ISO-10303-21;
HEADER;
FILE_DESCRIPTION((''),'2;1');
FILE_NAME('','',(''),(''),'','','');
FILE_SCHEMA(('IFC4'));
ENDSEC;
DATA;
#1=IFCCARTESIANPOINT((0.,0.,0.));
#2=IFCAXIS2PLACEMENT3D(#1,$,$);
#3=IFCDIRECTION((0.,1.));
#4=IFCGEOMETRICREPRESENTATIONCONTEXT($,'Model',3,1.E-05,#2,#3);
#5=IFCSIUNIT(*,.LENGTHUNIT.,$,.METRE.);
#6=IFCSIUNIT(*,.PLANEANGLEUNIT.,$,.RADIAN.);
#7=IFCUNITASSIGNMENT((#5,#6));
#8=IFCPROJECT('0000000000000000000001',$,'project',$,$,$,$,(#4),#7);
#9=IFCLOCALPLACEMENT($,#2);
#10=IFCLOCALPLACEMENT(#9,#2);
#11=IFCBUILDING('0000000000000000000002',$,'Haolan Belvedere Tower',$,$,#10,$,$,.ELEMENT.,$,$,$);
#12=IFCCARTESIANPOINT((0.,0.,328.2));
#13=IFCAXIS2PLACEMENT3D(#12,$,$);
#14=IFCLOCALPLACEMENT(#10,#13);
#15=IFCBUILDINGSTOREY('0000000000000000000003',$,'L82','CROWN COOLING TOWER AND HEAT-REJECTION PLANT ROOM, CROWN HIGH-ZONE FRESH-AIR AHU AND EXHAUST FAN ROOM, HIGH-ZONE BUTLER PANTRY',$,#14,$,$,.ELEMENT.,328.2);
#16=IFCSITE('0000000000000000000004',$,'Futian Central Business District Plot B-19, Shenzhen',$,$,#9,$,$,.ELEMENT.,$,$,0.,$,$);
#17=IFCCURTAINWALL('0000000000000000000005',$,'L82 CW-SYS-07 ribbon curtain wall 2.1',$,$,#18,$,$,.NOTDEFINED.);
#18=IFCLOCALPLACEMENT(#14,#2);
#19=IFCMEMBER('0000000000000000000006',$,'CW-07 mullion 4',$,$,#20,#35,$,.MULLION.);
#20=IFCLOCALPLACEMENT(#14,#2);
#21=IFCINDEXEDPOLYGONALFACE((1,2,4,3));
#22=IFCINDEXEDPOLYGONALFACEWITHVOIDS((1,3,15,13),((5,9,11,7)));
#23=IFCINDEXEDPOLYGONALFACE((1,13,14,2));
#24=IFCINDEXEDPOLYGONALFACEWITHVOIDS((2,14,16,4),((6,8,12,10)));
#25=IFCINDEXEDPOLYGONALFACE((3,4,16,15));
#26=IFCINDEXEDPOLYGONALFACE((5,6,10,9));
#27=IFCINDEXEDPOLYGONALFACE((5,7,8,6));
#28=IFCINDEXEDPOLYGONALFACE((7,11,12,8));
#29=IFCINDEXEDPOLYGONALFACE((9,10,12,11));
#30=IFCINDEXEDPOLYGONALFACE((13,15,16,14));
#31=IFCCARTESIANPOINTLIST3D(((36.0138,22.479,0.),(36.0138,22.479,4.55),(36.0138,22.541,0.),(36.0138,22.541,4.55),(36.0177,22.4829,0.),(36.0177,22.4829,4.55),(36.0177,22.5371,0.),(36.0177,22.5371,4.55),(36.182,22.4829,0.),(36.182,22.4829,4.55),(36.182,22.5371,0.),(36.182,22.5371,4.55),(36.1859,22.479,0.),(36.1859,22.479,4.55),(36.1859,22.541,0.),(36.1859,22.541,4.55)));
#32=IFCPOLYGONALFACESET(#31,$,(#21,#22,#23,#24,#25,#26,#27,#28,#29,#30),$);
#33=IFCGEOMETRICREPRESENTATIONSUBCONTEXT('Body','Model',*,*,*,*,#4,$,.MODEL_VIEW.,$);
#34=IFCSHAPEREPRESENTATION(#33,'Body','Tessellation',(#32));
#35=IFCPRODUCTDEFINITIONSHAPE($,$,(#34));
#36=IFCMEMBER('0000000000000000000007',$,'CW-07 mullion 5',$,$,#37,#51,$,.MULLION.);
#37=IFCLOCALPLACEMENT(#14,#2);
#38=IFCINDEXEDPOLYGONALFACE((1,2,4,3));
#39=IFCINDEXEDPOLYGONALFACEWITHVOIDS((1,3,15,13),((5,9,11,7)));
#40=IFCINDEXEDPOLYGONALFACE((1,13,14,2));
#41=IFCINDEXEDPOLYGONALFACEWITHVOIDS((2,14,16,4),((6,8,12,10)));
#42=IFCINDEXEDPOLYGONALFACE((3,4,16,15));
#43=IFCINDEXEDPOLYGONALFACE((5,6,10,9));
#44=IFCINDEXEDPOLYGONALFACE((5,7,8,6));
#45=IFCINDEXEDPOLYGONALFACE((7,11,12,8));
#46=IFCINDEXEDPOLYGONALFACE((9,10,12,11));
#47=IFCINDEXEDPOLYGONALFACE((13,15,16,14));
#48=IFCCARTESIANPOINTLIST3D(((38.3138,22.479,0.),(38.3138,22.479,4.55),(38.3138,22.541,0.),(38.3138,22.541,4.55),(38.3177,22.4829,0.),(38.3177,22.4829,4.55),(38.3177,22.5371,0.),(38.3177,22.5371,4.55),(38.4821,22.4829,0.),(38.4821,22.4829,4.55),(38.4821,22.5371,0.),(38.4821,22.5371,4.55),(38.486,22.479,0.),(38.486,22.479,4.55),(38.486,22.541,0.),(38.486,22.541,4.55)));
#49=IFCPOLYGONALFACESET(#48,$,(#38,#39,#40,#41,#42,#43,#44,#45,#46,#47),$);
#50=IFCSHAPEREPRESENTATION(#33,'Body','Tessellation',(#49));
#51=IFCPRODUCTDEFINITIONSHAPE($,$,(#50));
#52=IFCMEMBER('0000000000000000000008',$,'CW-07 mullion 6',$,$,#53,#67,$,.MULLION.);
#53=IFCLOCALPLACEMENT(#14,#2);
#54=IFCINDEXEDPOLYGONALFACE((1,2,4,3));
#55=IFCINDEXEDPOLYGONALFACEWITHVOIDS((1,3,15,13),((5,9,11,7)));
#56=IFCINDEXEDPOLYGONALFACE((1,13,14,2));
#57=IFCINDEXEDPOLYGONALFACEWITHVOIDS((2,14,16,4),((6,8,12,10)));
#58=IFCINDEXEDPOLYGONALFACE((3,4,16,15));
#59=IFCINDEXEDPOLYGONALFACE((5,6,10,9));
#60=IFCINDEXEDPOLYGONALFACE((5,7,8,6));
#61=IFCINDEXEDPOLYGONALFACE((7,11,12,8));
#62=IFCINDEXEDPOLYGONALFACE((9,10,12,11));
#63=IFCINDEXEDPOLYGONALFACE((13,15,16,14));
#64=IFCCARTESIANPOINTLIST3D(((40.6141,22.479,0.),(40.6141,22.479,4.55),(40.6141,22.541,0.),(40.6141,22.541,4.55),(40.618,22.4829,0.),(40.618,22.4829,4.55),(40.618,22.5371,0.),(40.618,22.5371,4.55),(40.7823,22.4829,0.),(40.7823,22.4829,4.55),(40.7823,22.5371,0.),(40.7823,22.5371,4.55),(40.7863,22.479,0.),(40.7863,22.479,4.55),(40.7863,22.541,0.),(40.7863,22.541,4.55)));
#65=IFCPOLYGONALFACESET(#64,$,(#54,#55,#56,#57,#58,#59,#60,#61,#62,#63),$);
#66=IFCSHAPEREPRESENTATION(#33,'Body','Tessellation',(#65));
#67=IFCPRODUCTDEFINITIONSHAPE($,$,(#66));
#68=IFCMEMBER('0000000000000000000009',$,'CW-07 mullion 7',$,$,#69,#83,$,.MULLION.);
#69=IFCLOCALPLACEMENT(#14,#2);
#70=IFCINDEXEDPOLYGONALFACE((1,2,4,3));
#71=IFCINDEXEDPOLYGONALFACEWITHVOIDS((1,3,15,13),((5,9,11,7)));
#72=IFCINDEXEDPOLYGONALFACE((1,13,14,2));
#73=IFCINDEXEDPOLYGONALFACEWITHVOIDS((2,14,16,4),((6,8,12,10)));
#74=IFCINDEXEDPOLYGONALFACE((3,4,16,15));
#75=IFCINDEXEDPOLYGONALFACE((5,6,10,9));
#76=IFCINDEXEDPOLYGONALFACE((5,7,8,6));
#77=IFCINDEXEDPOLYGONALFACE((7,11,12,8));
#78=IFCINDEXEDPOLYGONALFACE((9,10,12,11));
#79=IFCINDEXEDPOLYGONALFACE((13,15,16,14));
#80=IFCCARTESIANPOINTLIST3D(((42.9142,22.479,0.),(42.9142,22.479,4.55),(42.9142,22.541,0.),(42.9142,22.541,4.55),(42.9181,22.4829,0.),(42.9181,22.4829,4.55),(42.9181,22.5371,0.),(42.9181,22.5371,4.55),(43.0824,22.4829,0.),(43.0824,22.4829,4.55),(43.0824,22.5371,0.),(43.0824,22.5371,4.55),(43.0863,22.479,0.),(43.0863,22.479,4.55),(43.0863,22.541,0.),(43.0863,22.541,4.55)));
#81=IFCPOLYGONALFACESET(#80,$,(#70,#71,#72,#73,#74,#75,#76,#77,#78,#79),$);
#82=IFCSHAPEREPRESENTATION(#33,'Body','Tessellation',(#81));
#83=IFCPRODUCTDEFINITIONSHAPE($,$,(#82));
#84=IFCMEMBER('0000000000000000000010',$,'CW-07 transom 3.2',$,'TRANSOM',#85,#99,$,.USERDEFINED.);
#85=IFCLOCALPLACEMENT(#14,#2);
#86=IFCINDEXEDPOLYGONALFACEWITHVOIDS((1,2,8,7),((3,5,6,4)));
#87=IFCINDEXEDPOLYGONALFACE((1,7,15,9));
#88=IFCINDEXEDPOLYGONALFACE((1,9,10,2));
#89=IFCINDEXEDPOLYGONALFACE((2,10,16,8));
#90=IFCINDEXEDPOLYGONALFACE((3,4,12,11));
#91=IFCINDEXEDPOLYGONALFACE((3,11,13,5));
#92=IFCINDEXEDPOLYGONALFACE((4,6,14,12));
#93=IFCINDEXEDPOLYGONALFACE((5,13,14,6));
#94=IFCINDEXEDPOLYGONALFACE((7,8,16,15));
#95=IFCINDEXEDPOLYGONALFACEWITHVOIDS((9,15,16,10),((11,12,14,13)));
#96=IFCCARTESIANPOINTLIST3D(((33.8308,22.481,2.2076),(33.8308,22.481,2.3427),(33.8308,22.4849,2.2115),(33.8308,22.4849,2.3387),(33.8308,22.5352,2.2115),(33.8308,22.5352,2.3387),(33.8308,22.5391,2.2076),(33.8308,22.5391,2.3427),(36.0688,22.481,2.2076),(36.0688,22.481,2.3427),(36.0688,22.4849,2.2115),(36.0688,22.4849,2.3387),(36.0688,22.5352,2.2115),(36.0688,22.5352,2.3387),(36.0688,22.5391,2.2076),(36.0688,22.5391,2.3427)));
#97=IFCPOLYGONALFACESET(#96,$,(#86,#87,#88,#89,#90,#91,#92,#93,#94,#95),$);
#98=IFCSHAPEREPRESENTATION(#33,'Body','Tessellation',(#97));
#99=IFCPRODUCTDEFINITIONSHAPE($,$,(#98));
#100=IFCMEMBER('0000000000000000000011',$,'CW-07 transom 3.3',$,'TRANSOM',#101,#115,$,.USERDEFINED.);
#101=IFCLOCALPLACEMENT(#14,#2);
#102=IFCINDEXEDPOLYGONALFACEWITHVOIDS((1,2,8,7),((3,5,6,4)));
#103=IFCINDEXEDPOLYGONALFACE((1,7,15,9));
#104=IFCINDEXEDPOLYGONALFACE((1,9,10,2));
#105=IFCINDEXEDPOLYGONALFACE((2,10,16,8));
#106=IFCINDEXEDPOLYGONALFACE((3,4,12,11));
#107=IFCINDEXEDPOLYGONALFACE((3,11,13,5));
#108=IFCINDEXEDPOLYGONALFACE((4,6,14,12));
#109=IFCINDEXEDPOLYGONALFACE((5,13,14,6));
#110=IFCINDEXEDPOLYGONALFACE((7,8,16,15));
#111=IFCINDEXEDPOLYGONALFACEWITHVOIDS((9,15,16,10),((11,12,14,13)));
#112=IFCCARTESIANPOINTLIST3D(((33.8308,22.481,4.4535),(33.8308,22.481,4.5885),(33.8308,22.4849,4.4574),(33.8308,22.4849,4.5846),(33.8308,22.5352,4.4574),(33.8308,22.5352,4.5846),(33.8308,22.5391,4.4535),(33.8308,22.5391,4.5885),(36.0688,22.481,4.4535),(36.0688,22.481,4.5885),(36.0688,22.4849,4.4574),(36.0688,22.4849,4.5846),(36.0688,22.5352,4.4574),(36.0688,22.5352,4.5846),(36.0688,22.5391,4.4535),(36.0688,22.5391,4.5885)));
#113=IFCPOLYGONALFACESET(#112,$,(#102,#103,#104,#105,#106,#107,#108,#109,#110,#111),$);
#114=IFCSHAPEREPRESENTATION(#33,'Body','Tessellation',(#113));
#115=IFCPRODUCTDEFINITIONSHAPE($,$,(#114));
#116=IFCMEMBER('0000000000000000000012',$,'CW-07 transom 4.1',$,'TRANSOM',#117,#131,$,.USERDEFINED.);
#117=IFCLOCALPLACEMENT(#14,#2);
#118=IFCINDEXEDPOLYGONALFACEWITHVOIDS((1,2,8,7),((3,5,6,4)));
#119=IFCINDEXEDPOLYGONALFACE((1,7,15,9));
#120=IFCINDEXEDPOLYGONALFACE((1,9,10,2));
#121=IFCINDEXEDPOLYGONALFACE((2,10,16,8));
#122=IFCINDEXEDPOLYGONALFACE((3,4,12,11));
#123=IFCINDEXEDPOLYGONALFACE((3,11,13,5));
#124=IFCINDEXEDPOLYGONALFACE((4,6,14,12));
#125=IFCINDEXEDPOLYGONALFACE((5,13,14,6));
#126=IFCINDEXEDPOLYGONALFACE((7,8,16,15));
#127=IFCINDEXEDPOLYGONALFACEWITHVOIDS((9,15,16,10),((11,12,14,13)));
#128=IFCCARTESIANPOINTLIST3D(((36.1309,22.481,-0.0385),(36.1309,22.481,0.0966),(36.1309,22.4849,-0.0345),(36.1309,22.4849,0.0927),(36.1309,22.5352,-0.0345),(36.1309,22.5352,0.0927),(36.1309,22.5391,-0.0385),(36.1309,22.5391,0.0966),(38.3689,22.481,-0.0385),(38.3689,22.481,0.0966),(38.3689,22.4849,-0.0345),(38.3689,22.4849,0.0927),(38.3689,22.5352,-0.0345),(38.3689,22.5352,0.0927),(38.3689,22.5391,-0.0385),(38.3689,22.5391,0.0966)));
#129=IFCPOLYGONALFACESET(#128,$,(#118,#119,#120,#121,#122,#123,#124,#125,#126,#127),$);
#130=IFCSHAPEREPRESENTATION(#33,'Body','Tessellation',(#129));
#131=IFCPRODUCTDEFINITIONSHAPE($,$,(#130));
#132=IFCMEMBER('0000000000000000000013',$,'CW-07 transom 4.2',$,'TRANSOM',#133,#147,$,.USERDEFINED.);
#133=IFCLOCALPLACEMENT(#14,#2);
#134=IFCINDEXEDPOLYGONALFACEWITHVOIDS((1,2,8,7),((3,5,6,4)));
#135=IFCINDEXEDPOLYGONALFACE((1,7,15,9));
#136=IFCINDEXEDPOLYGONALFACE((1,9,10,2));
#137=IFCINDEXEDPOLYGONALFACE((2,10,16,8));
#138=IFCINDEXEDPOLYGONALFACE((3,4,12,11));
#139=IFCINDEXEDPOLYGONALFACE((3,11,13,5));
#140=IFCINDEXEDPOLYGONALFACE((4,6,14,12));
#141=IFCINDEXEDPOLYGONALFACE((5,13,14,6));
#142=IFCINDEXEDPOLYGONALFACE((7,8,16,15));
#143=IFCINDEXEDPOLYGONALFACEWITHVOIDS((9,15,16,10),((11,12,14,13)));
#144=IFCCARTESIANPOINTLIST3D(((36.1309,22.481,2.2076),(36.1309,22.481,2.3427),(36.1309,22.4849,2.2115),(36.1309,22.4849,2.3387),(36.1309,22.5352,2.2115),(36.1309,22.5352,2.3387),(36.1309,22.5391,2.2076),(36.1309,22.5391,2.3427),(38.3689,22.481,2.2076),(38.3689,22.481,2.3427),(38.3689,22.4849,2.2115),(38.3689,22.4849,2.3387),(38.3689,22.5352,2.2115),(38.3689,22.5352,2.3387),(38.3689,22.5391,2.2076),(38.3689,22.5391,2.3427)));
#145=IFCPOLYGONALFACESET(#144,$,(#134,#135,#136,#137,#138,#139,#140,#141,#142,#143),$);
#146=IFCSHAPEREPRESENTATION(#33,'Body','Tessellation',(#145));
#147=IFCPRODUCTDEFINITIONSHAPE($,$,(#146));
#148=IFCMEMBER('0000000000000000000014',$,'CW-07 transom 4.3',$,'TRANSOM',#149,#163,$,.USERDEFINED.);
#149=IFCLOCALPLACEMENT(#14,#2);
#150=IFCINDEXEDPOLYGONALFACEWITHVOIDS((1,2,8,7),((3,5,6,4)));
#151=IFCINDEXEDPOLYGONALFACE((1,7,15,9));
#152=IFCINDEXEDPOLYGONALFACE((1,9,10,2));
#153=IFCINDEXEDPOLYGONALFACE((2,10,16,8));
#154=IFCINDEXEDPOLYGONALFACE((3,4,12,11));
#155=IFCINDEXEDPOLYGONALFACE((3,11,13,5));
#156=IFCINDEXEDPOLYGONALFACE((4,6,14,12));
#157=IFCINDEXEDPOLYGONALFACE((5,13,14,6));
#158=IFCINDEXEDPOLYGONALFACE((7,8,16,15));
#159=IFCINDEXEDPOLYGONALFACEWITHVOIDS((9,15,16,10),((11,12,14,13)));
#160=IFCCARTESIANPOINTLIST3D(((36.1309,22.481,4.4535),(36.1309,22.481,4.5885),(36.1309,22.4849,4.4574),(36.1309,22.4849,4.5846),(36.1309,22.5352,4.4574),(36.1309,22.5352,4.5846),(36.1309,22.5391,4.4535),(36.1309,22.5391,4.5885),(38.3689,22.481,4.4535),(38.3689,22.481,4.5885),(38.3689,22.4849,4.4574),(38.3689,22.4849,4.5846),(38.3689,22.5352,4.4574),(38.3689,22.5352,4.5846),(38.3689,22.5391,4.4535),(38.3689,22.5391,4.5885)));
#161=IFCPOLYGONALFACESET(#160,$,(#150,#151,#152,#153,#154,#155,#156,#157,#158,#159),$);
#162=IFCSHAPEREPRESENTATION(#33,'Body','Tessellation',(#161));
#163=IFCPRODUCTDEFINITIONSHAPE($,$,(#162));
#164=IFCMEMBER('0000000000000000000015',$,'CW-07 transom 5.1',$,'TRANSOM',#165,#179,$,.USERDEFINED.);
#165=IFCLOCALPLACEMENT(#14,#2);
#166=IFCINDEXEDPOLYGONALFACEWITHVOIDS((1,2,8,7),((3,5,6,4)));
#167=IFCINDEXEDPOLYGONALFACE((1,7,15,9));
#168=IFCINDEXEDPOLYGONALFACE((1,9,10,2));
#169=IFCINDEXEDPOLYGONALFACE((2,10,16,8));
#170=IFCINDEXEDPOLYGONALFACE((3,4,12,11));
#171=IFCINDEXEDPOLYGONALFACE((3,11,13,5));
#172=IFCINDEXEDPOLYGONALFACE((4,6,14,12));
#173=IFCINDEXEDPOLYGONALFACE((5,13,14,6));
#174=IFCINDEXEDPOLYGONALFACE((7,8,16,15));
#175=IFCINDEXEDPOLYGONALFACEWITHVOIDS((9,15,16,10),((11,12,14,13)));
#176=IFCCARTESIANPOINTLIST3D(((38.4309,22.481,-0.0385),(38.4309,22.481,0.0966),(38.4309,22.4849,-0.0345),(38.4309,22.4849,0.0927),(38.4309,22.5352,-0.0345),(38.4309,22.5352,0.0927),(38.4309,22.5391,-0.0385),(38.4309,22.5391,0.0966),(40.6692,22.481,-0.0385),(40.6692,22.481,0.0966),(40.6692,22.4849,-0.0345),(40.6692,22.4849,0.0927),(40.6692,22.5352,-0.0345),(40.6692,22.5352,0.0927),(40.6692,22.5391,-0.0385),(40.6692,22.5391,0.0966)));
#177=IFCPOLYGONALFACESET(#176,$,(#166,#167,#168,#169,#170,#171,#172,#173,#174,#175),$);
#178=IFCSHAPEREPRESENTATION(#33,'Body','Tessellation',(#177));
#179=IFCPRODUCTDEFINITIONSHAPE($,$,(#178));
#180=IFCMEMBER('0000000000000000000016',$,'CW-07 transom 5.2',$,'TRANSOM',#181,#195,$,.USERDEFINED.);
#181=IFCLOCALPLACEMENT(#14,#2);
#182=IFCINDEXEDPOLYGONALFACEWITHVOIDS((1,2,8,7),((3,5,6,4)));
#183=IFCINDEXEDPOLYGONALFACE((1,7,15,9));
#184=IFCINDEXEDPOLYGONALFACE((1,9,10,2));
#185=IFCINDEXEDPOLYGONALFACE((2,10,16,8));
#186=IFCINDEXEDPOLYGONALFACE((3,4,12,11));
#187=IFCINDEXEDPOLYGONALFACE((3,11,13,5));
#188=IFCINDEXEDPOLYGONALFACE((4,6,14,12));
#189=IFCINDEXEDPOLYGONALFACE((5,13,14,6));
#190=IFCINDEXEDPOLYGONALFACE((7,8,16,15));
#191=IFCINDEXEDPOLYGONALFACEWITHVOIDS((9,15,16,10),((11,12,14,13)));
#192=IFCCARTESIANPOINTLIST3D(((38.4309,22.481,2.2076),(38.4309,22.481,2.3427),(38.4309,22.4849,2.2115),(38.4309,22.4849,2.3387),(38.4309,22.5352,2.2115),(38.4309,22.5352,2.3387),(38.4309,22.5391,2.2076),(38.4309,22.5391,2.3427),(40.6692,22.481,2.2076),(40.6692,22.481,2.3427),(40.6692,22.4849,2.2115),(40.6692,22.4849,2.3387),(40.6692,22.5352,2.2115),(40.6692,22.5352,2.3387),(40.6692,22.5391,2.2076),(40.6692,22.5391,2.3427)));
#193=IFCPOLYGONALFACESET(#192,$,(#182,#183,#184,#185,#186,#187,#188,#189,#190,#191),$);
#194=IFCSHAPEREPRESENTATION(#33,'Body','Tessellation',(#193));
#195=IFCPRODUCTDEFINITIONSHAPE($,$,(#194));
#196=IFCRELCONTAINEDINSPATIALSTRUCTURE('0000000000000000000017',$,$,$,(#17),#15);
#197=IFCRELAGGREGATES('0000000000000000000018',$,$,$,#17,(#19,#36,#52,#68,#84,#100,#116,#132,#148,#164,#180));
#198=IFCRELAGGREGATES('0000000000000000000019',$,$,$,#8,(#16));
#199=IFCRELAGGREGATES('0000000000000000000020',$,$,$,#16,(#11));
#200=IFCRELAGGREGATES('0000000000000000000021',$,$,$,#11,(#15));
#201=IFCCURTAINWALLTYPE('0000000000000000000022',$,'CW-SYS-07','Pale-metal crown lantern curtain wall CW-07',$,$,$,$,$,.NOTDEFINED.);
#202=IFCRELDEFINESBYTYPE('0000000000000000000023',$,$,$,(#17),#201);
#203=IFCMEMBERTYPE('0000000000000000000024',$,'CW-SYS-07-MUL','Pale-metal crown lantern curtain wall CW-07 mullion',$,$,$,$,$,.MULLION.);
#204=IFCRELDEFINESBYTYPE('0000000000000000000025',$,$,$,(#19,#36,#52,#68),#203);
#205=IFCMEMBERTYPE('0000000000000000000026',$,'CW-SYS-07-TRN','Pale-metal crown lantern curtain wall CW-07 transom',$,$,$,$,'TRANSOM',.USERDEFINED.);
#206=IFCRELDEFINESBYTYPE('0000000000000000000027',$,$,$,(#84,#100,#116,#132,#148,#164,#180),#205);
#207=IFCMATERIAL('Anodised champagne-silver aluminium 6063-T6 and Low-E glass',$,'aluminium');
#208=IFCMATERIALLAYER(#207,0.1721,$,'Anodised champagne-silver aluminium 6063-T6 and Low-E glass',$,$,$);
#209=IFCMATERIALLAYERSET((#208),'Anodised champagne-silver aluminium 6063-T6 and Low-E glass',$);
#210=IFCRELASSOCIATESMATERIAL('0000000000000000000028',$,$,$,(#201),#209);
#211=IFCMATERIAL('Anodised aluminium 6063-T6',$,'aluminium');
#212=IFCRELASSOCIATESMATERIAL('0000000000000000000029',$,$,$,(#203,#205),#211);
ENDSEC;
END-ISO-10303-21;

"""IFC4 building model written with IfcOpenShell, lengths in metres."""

from ifc_helpers import new_model, si_unit, direction, frame, origin, origin_2d, place, context, subcontext, project, spatial, hollow_rectangle, extrude, material, layer, layer_set, material_profile, profile_set, type_object, element, aggregate, save


model = new_model("IFC4")

# Units and contexts
model_context = context("Model", 3, precision=1e-05, world=origin(), true_north=direction((0.0, 1.0)))
body_context = subcontext(model_context, "Body", "Model", "MODEL_VIEW")
ifc_project = project(units=[si_unit("LENGTHUNIT", "METRE"), si_unit("PLANEANGLEUNIT", "RADIAN")], contexts=[model_context])

# Site, building, storey
site_placement = place(None, origin())
site = spatial("IfcSite", under=ifc_project, at=site_placement, Name="Futian Central Business District Plot B-19, Shenzhen", CompositionType="ELEMENT", RefElevation=0.0)
building_placement = place(site_placement, origin())
building = spatial("IfcBuilding", under=site, at=building_placement, Name="Haolan Belvedere Tower", CompositionType="ELEMENT")
storey_placement = place(building_placement, frame((0.0, 0.0, 328.2)))
storey = spatial("IfcBuildingStorey", under=building, at=storey_placement, Name="L82", Description="CROWN COOLING TOWER AND HEAT-REJECTION PLANT ROOM, CROWN HIGH-ZONE FRESH-AIR AHU AND EXHAUST FAN ROOM, HIGH-ZONE BUTLER PANTRY", CompositionType="ELEMENT", Elevation=328.2)

# Curtain wall, members
ifc_material_1 = material(Name="Anodised champagne-silver aluminium 6063-T6 and Low-E glass", Category="aluminium")
ifc_layer_1 = layer(ifc_material_1, 0.1721, Name="Anodised champagne-silver aluminium 6063-T6 and Low-E glass")
ifc_layer_set_1 = layer_set([ifc_layer_1], Name="Anodised champagne-silver aluminium 6063-T6 and Low-E glass")
curtain_wall_type = type_object("IfcCurtainWallType", Name="CW-SYS-07", Description="Pale-metal crown lantern curtain wall CW-07", PredefinedType="NOTDEFINED", material=ifc_layer_set_1)
curtain_wall_placement = place(storey_placement, origin())
curtain_wall = element("IfcCurtainWall", 1, at=curtain_wall_placement, inside=storey, type_object=curtain_wall_type, Name="L82 CW-SYS-07 ribbon curtain wall 2.1", PredefinedType="NOTDEFINED")
ifc_material_2 = material(Name="Anodised aluminium 6063-T6", Category="aluminium")
ifc_material_profile_1 = material_profile(ifc_material_2, hollow_rectangle(XDim=0.062, YDim=0.1721, WallThickness=0.0039, at=origin_2d()), Name="Anodised aluminium 6063-T6")
ifc_profile_set_1 = profile_set([ifc_material_profile_1], Name="Anodised aluminium 6063-T6")
member_type_1 = type_object("IfcMemberType", Name="CW-SYS-07-MUL", Description="Pale-metal crown lantern curtain wall CW-07 mullion", PredefinedType="MULLION", material=ifc_profile_set_1)
member_1_placement = place(storey_placement, frame((36.0999, 22.51, 0.0), z_axis=(0.0, 0.0, 1.0), x_axis=(0.0, 1.0, 0.0)))
member_1 = element("IfcMember", 2, at=member_1_placement, type_object=member_type_1, Name="CW-07 mullion 4", PredefinedType="MULLION", context=body_context, shape_type="SweptSolid", body=[
    extrude(hollow_rectangle(XDim=0.062, YDim=0.1721, WallThickness=0.0039, at=origin_2d()), origin(), (0.0, 0.0, 1.0), 4.55),
])
member_2_placement = place(storey_placement, frame((38.3999, 22.51, 0.0), z_axis=(0.0, 0.0, 1.0), x_axis=(0.0, 1.0, 0.0)))
member_2 = element("IfcMember", 3, at=member_2_placement, type_object=member_type_1, Name="CW-07 mullion 5", PredefinedType="MULLION", context=body_context, shape_type="SweptSolid", body=[
    extrude(hollow_rectangle(XDim=0.062, YDim=0.1721, WallThickness=0.0039, at=origin_2d()), origin(), (0.0, 0.0, 1.0), 4.55),
])
member_3_placement = place(storey_placement, frame((40.7002, 22.51, 0.0), z_axis=(0.0, 0.0, 1.0), x_axis=(0.0, 1.0, 0.0)))
member_3 = element("IfcMember", 4, at=member_3_placement, type_object=member_type_1, Name="CW-07 mullion 6", PredefinedType="MULLION", context=body_context, shape_type="SweptSolid", body=[
    extrude(hollow_rectangle(XDim=0.062, YDim=0.1721, WallThickness=0.0039, at=origin_2d()), origin(), (0.0, 0.0, 1.0), 4.55),
])
member_4_placement = place(storey_placement, frame((43.0002, 22.51, 0.0), z_axis=(0.0, 0.0, 1.0), x_axis=(0.0, 1.0, 0.0)))
member_4 = element("IfcMember", 5, at=member_4_placement, type_object=member_type_1, Name="CW-07 mullion 7", PredefinedType="MULLION", context=body_context, shape_type="SweptSolid", body=[
    extrude(hollow_rectangle(XDim=0.062, YDim=0.1721, WallThickness=0.0039, at=origin_2d()), origin(), (0.0, 0.0, 1.0), 4.55),
])
ifc_material_profile_2 = material_profile(ifc_material_2, hollow_rectangle(XDim=0.0581, YDim=0.135, WallThickness=0.0039, at=origin_2d()), Name="Anodised aluminium 6063-T6")
ifc_profile_set_2 = profile_set([ifc_material_profile_2], Name="Anodised aluminium 6063-T6")
member_type_2 = type_object("IfcMemberType", Name="CW-SYS-07-TRN", Description="Pale-metal crown lantern curtain wall CW-07 transom", ElementType="TRANSOM", PredefinedType="USERDEFINED", material=ifc_profile_set_2)
member_5_placement = place(storey_placement, frame((33.8308, 22.51, 2.2751), z_axis=(1.0, 0.0, 0.0), x_axis=(0.0, 1.0, 0.0)))
member_5 = element("IfcMember", 6, at=member_5_placement, type_object=member_type_2, Name="CW-07 transom 3.2", ObjectType="TRANSOM", PredefinedType="USERDEFINED", context=body_context, shape_type="SweptSolid", body=[
    extrude(hollow_rectangle(XDim=0.0581, YDim=0.135, WallThickness=0.0039, at=origin_2d()), origin(), (0.0, 0.0, 1.0), 2.238),
])
member_6_placement = place(storey_placement, frame((33.8308, 22.51, 4.521), z_axis=(1.0, 0.0, 0.0), x_axis=(0.0, 1.0, 0.0)))
member_6 = element("IfcMember", 7, at=member_6_placement, type_object=member_type_2, Name="CW-07 transom 3.3", ObjectType="TRANSOM", PredefinedType="USERDEFINED", context=body_context, shape_type="SweptSolid", body=[
    extrude(hollow_rectangle(XDim=0.0581, YDim=0.135, WallThickness=0.0039, at=origin_2d()), origin(), (0.0, 0.0, 1.0), 2.238),
])
member_7_placement = place(storey_placement, frame((36.1309, 22.51, 0.0291), z_axis=(1.0, 0.0, 0.0), x_axis=(0.0, 1.0, 0.0)))
member_7 = element("IfcMember", 8, at=member_7_placement, type_object=member_type_2, Name="CW-07 transom 4.1", ObjectType="TRANSOM", PredefinedType="USERDEFINED", context=body_context, shape_type="SweptSolid", body=[
    extrude(hollow_rectangle(XDim=0.0581, YDim=0.135, WallThickness=0.0039, at=origin_2d()), origin(), (0.0, 0.0, 1.0), 2.238),
])
member_8_placement = place(storey_placement, frame((36.1309, 22.51, 2.2751), z_axis=(1.0, 0.0, 0.0), x_axis=(0.0, 1.0, 0.0)))
member_8 = element("IfcMember", 9, at=member_8_placement, type_object=member_type_2, Name="CW-07 transom 4.2", ObjectType="TRANSOM", PredefinedType="USERDEFINED", context=body_context, shape_type="SweptSolid", body=[
    extrude(hollow_rectangle(XDim=0.0581, YDim=0.135, WallThickness=0.0039, at=origin_2d()), origin(), (0.0, 0.0, 1.0), 2.238),
])
member_9_placement = place(storey_placement, frame((36.1309, 22.51, 4.521), z_axis=(1.0, 0.0, 0.0), x_axis=(0.0, 1.0, 0.0)))
member_9 = element("IfcMember", 10, at=member_9_placement, type_object=member_type_2, Name="CW-07 transom 4.3", ObjectType="TRANSOM", PredefinedType="USERDEFINED", context=body_context, shape_type="SweptSolid", body=[
    extrude(hollow_rectangle(XDim=0.0581, YDim=0.135, WallThickness=0.0039, at=origin_2d()), origin(), (0.0, 0.0, 1.0), 2.238),
])
member_10_placement = place(storey_placement, frame((38.4309, 22.51, 0.0291), z_axis=(1.0, 0.0, 0.0), x_axis=(0.0, 1.0, 0.0)))
member_10 = element("IfcMember", 11, at=member_10_placement, type_object=member_type_2, Name="CW-07 transom 5.1", ObjectType="TRANSOM", PredefinedType="USERDEFINED", context=body_context, shape_type="SweptSolid", body=[
    extrude(hollow_rectangle(XDim=0.0581, YDim=0.135, WallThickness=0.0039, at=origin_2d()), origin(), (0.0, 0.0, 1.0), 2.2383),
])
member_11_placement = place(storey_placement, frame((38.4309, 22.51, 2.2751), z_axis=(1.0, 0.0, 0.0), x_axis=(0.0, 1.0, 0.0)))
member_11 = element("IfcMember", 12, at=member_11_placement, type_object=member_type_2, Name="CW-07 transom 5.2", ObjectType="TRANSOM", PredefinedType="USERDEFINED", context=body_context, shape_type="SweptSolid", body=[
    extrude(hollow_rectangle(XDim=0.0581, YDim=0.135, WallThickness=0.0039, at=origin_2d()), origin(), (0.0, 0.0, 1.0), 2.2383),
])
aggregate(curtain_wall, [member_1, member_2, member_3, member_4, member_5, member_6, member_7, member_8, member_9, member_10, member_11])

save(model, "model.ifc")
